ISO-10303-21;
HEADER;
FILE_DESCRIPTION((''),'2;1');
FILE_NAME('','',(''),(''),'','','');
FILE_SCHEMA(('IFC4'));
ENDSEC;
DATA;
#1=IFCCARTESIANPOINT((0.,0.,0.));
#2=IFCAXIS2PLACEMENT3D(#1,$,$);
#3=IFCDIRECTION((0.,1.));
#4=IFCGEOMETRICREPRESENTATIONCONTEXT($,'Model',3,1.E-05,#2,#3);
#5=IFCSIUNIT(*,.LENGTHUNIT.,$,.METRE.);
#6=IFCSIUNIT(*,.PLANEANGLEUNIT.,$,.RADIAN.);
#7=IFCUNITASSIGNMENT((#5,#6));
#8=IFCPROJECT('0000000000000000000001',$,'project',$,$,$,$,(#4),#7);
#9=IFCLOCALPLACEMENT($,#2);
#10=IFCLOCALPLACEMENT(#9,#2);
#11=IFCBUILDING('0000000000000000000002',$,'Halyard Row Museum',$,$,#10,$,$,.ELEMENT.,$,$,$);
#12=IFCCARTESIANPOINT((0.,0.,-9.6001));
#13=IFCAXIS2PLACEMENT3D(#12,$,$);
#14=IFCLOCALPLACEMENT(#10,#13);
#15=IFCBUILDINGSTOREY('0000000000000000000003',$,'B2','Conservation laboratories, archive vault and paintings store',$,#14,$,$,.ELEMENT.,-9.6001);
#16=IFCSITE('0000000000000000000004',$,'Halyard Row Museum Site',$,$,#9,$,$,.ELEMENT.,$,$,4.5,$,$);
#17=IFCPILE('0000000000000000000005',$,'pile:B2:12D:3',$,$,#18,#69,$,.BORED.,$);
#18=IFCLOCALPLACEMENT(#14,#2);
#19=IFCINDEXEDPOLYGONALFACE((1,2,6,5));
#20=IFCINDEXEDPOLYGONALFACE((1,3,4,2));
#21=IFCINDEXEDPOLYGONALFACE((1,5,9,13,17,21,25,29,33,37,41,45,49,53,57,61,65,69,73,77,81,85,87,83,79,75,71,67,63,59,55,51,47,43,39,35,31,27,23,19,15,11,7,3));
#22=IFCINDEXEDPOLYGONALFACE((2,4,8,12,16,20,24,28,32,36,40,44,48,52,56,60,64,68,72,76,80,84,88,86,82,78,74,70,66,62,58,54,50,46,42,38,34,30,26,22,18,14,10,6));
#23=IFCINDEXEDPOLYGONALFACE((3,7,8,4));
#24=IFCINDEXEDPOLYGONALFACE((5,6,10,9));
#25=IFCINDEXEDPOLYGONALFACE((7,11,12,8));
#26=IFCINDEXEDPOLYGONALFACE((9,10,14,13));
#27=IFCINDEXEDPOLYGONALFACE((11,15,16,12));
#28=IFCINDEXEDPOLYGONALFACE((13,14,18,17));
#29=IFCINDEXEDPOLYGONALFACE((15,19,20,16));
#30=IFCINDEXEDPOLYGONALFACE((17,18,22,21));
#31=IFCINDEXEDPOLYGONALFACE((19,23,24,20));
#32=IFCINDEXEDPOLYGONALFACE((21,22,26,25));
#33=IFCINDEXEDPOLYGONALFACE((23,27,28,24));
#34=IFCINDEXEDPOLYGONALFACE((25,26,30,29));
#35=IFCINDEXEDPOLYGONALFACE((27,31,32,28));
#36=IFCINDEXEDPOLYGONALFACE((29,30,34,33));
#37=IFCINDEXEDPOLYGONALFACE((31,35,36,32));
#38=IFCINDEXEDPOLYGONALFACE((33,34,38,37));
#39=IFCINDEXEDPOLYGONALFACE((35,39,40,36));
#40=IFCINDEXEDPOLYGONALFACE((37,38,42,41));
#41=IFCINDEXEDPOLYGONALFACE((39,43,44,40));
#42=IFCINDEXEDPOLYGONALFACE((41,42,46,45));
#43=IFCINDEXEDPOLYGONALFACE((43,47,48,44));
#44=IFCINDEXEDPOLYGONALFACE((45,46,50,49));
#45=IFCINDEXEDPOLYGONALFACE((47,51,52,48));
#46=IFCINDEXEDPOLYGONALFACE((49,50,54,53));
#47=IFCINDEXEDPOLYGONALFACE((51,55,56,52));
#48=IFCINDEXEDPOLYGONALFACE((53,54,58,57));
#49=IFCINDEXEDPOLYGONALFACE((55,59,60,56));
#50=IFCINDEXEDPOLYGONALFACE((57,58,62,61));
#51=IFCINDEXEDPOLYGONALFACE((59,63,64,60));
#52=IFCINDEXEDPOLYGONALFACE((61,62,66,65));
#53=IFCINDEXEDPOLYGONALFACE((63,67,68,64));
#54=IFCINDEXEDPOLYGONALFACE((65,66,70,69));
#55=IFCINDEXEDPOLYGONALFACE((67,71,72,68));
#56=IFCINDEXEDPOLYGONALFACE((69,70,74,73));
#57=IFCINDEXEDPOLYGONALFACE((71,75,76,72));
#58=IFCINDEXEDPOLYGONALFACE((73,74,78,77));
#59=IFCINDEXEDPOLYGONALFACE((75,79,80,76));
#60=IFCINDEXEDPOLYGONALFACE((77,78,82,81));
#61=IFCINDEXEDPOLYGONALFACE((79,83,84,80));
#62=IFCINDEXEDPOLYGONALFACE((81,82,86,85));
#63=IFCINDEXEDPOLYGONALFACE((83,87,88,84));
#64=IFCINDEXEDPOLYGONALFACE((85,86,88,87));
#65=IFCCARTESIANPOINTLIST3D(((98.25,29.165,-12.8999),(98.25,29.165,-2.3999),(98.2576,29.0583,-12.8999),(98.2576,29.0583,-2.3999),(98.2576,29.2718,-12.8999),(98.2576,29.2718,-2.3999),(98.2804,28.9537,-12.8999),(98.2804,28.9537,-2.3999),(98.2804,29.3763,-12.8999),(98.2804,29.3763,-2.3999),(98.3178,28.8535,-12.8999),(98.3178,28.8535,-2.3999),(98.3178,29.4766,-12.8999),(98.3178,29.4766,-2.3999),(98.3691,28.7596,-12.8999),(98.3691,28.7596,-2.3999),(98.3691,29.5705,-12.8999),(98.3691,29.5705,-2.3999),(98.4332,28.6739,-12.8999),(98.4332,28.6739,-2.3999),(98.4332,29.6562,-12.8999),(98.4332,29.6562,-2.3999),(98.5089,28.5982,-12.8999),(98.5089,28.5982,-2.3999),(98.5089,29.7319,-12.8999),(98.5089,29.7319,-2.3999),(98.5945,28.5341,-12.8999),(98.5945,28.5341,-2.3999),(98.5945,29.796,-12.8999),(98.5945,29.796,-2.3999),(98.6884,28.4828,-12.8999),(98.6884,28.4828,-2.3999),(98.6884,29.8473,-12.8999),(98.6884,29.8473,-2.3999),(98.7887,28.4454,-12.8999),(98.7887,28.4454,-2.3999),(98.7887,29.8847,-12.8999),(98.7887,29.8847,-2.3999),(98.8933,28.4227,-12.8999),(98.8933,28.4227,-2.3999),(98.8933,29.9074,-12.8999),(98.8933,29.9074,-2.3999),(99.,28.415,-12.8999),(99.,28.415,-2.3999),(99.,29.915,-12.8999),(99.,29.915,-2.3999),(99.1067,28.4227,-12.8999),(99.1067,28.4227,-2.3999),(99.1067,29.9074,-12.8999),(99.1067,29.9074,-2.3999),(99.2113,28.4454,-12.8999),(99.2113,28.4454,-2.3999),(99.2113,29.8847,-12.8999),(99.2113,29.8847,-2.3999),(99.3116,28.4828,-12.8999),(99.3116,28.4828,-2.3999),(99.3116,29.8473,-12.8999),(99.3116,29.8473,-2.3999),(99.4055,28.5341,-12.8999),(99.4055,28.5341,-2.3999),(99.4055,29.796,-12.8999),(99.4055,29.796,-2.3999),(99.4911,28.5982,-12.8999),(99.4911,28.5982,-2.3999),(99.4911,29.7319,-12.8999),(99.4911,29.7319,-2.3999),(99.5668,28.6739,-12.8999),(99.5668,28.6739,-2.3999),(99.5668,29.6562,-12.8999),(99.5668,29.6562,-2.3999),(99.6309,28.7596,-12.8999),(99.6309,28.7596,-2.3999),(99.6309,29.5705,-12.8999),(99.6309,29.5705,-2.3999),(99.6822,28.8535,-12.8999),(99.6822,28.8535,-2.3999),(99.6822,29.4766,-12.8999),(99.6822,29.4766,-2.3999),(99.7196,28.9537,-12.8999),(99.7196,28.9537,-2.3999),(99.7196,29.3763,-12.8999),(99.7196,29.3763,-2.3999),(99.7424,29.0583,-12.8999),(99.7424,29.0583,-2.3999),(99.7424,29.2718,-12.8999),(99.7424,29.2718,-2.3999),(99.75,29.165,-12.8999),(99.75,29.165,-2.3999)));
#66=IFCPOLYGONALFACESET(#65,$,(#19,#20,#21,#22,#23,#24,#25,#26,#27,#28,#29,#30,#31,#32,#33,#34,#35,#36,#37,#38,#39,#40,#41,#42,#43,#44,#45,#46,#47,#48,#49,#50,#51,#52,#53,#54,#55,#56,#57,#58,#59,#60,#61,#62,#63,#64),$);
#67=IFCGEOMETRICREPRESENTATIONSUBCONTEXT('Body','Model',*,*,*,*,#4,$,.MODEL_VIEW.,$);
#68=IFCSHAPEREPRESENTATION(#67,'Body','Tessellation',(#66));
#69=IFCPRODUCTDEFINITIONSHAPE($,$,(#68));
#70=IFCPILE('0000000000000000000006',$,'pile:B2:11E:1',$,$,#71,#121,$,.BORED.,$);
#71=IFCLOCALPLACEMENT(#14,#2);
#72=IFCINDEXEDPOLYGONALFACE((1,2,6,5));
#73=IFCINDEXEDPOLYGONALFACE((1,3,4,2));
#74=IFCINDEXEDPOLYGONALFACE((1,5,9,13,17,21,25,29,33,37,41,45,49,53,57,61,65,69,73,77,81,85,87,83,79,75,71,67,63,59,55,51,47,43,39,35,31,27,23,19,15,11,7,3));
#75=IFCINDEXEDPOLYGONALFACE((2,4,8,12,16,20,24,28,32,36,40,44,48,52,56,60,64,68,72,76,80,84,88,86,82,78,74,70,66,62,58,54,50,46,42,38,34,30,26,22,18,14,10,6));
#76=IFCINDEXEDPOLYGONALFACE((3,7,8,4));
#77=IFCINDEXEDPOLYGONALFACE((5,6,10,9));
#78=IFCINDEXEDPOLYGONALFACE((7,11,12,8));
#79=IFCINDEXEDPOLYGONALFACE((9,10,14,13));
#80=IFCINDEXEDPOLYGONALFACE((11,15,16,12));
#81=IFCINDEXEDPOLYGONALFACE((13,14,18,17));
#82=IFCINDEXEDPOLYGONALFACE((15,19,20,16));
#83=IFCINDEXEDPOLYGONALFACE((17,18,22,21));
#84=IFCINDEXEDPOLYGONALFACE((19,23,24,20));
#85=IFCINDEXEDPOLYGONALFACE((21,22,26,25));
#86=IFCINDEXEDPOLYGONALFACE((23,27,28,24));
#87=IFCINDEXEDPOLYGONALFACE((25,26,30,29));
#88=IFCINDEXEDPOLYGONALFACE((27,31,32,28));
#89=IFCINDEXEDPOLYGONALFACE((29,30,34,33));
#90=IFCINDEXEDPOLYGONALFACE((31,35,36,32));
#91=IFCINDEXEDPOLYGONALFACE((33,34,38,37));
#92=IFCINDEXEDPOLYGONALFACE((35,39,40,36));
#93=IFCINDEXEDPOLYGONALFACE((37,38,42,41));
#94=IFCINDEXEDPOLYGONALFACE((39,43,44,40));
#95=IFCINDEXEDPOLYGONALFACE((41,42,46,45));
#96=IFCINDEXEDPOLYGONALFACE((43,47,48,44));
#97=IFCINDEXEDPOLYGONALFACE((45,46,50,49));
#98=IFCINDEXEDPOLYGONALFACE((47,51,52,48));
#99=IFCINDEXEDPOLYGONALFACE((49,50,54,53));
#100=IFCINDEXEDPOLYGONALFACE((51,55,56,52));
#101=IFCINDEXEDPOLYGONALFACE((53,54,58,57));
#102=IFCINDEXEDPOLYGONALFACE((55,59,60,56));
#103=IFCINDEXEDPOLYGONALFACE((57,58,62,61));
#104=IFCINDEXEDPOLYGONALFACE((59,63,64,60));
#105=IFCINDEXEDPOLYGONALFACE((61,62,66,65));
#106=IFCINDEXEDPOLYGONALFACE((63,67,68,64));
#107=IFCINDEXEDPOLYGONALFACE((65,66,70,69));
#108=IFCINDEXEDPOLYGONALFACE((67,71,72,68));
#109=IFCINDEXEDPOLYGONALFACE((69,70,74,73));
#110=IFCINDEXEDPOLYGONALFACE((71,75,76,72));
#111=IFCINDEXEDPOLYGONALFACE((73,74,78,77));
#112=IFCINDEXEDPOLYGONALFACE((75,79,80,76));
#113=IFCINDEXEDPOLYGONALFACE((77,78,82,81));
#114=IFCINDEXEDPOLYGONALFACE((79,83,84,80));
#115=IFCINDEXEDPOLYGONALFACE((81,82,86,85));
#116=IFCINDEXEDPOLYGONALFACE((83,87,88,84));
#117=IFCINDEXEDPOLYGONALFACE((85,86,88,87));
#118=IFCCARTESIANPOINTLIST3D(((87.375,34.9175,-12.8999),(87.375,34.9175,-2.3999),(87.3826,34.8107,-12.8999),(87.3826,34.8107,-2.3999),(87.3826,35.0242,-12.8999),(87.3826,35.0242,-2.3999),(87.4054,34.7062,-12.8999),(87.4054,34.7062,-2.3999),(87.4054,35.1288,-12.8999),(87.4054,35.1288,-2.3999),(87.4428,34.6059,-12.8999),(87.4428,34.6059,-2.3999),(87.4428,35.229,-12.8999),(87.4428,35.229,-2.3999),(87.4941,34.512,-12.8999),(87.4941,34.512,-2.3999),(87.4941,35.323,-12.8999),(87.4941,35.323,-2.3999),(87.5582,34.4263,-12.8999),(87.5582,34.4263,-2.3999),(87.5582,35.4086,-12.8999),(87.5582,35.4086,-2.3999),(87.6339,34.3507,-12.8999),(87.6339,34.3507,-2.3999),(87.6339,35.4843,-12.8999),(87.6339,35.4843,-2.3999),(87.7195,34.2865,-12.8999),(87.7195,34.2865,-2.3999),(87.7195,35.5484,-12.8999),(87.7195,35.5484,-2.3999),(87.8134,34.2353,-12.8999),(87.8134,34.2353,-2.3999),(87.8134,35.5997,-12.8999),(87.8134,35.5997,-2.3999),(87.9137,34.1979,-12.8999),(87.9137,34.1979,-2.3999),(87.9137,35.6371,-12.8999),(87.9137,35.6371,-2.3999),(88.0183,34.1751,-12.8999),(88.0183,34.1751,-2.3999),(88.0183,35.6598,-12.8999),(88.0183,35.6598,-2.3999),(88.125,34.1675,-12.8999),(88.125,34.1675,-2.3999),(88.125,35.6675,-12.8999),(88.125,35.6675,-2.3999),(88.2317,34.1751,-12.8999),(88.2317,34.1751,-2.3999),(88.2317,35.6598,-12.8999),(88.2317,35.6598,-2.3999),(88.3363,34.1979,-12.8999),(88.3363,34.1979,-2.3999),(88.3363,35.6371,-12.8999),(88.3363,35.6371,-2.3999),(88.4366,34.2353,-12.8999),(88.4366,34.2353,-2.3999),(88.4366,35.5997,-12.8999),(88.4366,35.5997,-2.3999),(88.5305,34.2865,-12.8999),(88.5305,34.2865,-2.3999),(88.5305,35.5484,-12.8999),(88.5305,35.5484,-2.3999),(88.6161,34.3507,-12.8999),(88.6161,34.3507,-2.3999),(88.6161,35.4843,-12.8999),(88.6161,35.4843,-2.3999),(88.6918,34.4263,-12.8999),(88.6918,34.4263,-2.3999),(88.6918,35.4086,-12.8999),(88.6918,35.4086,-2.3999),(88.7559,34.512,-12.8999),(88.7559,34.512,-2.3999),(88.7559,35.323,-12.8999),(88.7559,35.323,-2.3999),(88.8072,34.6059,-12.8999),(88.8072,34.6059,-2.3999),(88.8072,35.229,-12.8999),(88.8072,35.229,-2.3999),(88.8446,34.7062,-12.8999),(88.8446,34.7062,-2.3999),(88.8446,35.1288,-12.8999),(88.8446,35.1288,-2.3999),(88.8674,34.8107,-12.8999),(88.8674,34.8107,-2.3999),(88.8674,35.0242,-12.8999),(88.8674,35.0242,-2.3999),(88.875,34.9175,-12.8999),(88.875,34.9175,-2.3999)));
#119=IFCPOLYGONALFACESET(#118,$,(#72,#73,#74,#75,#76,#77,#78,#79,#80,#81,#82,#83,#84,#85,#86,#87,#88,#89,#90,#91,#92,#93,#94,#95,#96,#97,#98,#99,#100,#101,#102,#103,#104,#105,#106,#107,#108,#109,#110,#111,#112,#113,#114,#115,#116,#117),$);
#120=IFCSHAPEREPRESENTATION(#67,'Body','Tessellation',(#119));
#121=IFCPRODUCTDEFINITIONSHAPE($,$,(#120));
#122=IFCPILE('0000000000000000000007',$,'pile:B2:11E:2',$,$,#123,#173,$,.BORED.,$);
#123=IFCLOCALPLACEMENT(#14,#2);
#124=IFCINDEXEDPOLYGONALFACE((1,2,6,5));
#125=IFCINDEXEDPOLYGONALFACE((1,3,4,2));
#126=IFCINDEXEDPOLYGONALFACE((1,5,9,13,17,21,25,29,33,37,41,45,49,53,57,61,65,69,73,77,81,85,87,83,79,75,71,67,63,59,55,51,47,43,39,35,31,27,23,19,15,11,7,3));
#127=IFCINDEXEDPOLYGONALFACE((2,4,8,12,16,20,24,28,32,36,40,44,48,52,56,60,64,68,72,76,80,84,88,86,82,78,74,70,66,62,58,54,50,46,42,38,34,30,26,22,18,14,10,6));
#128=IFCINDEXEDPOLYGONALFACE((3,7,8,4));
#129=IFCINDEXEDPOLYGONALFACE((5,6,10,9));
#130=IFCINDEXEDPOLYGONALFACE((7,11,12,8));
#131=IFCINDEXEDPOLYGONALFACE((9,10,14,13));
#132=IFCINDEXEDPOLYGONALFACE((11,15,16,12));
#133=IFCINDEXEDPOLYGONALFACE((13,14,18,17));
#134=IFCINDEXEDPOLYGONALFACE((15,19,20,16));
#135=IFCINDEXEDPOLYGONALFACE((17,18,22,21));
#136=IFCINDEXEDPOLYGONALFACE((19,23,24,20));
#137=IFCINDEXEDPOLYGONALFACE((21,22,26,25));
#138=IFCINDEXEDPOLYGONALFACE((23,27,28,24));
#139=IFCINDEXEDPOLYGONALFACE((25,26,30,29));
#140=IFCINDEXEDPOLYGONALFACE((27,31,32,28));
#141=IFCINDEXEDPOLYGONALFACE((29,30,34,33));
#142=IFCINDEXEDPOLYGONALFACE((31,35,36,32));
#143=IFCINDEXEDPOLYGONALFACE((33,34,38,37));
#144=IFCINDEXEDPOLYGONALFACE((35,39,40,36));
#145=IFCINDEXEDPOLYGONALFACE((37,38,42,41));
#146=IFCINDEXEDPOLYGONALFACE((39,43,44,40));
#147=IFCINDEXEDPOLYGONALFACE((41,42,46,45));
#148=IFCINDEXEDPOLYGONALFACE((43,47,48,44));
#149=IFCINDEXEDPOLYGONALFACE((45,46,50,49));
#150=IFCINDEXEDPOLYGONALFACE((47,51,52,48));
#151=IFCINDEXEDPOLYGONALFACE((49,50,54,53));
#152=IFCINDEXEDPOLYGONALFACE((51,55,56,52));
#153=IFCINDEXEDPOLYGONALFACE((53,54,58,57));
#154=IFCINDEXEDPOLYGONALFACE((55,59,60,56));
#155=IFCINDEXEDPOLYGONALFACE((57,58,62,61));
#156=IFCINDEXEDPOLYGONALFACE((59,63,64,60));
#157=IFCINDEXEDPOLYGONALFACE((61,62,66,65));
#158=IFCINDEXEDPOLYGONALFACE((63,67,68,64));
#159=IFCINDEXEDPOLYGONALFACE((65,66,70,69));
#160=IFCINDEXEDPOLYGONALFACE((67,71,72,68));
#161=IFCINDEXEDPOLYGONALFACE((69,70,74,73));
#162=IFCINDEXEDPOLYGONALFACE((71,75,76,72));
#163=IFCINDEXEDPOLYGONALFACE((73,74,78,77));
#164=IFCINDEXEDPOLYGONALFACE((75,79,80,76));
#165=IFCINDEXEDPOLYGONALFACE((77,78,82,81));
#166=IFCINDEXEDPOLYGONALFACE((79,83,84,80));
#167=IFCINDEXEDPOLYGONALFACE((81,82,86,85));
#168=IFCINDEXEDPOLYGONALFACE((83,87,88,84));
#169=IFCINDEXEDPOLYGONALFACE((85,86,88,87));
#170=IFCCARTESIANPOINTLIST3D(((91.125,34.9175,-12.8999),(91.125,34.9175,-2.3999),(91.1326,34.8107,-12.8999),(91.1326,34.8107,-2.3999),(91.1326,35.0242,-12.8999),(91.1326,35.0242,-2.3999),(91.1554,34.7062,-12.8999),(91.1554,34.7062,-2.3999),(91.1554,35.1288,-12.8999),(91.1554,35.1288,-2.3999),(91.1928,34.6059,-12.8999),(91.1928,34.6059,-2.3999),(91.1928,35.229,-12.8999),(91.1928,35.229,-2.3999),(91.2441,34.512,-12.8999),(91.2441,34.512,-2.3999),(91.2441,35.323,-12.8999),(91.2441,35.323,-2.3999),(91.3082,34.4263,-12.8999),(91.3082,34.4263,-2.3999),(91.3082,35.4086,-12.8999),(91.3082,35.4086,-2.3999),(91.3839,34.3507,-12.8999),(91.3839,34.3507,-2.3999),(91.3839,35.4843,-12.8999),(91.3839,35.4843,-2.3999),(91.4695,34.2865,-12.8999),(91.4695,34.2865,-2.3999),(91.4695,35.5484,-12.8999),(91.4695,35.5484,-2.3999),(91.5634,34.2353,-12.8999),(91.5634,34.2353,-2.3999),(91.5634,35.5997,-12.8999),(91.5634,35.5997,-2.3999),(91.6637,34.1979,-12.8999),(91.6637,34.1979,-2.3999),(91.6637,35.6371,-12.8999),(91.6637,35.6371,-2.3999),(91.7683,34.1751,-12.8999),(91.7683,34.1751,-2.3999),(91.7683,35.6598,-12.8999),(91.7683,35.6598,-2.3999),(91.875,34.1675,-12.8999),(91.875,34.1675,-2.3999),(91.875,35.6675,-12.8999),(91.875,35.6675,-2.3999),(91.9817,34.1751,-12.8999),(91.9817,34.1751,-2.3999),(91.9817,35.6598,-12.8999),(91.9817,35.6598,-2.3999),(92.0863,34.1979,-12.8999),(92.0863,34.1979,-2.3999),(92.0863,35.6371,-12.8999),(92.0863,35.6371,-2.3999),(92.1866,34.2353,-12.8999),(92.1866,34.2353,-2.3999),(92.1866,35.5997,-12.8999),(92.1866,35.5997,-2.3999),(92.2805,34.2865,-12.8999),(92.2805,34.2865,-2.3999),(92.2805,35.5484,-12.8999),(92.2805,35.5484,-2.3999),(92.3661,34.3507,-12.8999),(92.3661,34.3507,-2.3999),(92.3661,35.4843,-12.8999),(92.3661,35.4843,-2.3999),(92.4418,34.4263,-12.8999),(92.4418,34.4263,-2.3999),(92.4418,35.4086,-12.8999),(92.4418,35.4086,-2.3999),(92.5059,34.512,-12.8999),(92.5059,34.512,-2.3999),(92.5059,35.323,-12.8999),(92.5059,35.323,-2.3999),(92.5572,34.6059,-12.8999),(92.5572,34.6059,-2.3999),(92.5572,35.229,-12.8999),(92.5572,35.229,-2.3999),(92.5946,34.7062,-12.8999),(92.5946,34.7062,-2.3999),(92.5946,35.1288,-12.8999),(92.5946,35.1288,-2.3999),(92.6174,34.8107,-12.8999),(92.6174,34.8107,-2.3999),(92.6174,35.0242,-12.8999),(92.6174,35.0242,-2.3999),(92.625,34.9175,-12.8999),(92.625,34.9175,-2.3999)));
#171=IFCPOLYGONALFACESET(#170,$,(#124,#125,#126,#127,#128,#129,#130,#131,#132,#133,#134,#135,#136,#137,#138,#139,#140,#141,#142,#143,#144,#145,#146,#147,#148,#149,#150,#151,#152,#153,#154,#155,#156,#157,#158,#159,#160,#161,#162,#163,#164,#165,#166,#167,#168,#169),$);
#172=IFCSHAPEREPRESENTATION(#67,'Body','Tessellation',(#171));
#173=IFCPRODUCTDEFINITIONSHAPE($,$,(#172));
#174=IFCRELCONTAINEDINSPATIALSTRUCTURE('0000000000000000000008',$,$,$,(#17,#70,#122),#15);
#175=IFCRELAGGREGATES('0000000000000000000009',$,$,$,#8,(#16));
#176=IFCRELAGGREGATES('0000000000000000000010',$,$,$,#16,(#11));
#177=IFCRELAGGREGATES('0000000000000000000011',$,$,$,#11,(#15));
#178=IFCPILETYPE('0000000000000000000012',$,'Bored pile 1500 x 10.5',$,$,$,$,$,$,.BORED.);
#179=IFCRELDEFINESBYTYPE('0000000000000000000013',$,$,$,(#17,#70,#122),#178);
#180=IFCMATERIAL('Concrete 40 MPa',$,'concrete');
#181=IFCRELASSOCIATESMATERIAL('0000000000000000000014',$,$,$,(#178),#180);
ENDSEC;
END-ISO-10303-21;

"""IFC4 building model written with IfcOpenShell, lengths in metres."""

from ifc_helpers import new_model, si_unit, direction, frame, origin, origin_2d, place, context, subcontext, project, spatial, circle, extrude, material, material_profile, profile_set, type_object, element, save


model = new_model("IFC4")

# Units and contexts
model_context = context("Model", 3, precision=1e-05, world=origin(), true_north=direction((0.0, 1.0)))
body_context = subcontext(model_context, "Body", "Model", "MODEL_VIEW")
ifc_project = project(units=[si_unit("LENGTHUNIT", "METRE"), si_unit("PLANEANGLEUNIT", "RADIAN")], contexts=[model_context])

# Site, building, storey
site_placement = place(None, origin())
site = spatial("IfcSite", under=ifc_project, at=site_placement, Name="Halyard Row Museum Site", CompositionType="ELEMENT", RefElevation=4.5)
building_placement = place(site_placement, origin())
building = spatial("IfcBuilding", under=site, at=building_placement, Name="Halyard Row Museum", CompositionType="ELEMENT")
storey_placement = place(building_placement, frame((0.0, 0.0, -9.6001)))
storey = spatial("IfcBuildingStorey", under=building, at=storey_placement, Name="B2", Description="Conservation laboratories, archive vault and paintings store", CompositionType="ELEMENT", Elevation=-9.6001)

# Piles
ifc_material_1 = material(Name="Concrete 40 MPa", Category="concrete")
ifc_material_profile_1 = material_profile(ifc_material_1, circle(Radius=0.75, at=origin_2d()), Name="Bored pile 1500 x 10.5")
ifc_profile_set_1 = profile_set([ifc_material_profile_1], Name="Concrete 40 MPa")
pile_type_1 = type_object("IfcPileType", Name="Bored pile 1500 x 10.5", PredefinedType="BORED", material=ifc_profile_set_1)
for number, where, z_axis, x_axis, name in (
    (1, (99.0, 29.165, -2.3999), (0.0, 0.0, -1.0), (1.0, 0.0, 0.0), "pile:B2:12D:3"),
    (2, (88.125, 34.9175, -2.3999), (0.0, 0.0, -1.0), (1.0, 0.0, 0.0), "pile:B2:11E:1"),
    (3, (91.875, 34.9175, -2.3999), (0.0, 0.0, -1.0), (1.0, 0.0, 0.0), "pile:B2:11E:2"),
):
    element("IfcPile", number, at=place(storey_placement, frame(where, z_axis=z_axis, x_axis=x_axis)), inside=storey, type_object=pile_type_1, Name=name, PredefinedType="BORED", context=body_context, shape_type="SweptSolid", body=[
        extrude(circle(Radius=0.75, at=origin_2d()), origin(), (0.0, 0.0, 1.0), 10.5),
    ])

save(model, "model.ifc")
